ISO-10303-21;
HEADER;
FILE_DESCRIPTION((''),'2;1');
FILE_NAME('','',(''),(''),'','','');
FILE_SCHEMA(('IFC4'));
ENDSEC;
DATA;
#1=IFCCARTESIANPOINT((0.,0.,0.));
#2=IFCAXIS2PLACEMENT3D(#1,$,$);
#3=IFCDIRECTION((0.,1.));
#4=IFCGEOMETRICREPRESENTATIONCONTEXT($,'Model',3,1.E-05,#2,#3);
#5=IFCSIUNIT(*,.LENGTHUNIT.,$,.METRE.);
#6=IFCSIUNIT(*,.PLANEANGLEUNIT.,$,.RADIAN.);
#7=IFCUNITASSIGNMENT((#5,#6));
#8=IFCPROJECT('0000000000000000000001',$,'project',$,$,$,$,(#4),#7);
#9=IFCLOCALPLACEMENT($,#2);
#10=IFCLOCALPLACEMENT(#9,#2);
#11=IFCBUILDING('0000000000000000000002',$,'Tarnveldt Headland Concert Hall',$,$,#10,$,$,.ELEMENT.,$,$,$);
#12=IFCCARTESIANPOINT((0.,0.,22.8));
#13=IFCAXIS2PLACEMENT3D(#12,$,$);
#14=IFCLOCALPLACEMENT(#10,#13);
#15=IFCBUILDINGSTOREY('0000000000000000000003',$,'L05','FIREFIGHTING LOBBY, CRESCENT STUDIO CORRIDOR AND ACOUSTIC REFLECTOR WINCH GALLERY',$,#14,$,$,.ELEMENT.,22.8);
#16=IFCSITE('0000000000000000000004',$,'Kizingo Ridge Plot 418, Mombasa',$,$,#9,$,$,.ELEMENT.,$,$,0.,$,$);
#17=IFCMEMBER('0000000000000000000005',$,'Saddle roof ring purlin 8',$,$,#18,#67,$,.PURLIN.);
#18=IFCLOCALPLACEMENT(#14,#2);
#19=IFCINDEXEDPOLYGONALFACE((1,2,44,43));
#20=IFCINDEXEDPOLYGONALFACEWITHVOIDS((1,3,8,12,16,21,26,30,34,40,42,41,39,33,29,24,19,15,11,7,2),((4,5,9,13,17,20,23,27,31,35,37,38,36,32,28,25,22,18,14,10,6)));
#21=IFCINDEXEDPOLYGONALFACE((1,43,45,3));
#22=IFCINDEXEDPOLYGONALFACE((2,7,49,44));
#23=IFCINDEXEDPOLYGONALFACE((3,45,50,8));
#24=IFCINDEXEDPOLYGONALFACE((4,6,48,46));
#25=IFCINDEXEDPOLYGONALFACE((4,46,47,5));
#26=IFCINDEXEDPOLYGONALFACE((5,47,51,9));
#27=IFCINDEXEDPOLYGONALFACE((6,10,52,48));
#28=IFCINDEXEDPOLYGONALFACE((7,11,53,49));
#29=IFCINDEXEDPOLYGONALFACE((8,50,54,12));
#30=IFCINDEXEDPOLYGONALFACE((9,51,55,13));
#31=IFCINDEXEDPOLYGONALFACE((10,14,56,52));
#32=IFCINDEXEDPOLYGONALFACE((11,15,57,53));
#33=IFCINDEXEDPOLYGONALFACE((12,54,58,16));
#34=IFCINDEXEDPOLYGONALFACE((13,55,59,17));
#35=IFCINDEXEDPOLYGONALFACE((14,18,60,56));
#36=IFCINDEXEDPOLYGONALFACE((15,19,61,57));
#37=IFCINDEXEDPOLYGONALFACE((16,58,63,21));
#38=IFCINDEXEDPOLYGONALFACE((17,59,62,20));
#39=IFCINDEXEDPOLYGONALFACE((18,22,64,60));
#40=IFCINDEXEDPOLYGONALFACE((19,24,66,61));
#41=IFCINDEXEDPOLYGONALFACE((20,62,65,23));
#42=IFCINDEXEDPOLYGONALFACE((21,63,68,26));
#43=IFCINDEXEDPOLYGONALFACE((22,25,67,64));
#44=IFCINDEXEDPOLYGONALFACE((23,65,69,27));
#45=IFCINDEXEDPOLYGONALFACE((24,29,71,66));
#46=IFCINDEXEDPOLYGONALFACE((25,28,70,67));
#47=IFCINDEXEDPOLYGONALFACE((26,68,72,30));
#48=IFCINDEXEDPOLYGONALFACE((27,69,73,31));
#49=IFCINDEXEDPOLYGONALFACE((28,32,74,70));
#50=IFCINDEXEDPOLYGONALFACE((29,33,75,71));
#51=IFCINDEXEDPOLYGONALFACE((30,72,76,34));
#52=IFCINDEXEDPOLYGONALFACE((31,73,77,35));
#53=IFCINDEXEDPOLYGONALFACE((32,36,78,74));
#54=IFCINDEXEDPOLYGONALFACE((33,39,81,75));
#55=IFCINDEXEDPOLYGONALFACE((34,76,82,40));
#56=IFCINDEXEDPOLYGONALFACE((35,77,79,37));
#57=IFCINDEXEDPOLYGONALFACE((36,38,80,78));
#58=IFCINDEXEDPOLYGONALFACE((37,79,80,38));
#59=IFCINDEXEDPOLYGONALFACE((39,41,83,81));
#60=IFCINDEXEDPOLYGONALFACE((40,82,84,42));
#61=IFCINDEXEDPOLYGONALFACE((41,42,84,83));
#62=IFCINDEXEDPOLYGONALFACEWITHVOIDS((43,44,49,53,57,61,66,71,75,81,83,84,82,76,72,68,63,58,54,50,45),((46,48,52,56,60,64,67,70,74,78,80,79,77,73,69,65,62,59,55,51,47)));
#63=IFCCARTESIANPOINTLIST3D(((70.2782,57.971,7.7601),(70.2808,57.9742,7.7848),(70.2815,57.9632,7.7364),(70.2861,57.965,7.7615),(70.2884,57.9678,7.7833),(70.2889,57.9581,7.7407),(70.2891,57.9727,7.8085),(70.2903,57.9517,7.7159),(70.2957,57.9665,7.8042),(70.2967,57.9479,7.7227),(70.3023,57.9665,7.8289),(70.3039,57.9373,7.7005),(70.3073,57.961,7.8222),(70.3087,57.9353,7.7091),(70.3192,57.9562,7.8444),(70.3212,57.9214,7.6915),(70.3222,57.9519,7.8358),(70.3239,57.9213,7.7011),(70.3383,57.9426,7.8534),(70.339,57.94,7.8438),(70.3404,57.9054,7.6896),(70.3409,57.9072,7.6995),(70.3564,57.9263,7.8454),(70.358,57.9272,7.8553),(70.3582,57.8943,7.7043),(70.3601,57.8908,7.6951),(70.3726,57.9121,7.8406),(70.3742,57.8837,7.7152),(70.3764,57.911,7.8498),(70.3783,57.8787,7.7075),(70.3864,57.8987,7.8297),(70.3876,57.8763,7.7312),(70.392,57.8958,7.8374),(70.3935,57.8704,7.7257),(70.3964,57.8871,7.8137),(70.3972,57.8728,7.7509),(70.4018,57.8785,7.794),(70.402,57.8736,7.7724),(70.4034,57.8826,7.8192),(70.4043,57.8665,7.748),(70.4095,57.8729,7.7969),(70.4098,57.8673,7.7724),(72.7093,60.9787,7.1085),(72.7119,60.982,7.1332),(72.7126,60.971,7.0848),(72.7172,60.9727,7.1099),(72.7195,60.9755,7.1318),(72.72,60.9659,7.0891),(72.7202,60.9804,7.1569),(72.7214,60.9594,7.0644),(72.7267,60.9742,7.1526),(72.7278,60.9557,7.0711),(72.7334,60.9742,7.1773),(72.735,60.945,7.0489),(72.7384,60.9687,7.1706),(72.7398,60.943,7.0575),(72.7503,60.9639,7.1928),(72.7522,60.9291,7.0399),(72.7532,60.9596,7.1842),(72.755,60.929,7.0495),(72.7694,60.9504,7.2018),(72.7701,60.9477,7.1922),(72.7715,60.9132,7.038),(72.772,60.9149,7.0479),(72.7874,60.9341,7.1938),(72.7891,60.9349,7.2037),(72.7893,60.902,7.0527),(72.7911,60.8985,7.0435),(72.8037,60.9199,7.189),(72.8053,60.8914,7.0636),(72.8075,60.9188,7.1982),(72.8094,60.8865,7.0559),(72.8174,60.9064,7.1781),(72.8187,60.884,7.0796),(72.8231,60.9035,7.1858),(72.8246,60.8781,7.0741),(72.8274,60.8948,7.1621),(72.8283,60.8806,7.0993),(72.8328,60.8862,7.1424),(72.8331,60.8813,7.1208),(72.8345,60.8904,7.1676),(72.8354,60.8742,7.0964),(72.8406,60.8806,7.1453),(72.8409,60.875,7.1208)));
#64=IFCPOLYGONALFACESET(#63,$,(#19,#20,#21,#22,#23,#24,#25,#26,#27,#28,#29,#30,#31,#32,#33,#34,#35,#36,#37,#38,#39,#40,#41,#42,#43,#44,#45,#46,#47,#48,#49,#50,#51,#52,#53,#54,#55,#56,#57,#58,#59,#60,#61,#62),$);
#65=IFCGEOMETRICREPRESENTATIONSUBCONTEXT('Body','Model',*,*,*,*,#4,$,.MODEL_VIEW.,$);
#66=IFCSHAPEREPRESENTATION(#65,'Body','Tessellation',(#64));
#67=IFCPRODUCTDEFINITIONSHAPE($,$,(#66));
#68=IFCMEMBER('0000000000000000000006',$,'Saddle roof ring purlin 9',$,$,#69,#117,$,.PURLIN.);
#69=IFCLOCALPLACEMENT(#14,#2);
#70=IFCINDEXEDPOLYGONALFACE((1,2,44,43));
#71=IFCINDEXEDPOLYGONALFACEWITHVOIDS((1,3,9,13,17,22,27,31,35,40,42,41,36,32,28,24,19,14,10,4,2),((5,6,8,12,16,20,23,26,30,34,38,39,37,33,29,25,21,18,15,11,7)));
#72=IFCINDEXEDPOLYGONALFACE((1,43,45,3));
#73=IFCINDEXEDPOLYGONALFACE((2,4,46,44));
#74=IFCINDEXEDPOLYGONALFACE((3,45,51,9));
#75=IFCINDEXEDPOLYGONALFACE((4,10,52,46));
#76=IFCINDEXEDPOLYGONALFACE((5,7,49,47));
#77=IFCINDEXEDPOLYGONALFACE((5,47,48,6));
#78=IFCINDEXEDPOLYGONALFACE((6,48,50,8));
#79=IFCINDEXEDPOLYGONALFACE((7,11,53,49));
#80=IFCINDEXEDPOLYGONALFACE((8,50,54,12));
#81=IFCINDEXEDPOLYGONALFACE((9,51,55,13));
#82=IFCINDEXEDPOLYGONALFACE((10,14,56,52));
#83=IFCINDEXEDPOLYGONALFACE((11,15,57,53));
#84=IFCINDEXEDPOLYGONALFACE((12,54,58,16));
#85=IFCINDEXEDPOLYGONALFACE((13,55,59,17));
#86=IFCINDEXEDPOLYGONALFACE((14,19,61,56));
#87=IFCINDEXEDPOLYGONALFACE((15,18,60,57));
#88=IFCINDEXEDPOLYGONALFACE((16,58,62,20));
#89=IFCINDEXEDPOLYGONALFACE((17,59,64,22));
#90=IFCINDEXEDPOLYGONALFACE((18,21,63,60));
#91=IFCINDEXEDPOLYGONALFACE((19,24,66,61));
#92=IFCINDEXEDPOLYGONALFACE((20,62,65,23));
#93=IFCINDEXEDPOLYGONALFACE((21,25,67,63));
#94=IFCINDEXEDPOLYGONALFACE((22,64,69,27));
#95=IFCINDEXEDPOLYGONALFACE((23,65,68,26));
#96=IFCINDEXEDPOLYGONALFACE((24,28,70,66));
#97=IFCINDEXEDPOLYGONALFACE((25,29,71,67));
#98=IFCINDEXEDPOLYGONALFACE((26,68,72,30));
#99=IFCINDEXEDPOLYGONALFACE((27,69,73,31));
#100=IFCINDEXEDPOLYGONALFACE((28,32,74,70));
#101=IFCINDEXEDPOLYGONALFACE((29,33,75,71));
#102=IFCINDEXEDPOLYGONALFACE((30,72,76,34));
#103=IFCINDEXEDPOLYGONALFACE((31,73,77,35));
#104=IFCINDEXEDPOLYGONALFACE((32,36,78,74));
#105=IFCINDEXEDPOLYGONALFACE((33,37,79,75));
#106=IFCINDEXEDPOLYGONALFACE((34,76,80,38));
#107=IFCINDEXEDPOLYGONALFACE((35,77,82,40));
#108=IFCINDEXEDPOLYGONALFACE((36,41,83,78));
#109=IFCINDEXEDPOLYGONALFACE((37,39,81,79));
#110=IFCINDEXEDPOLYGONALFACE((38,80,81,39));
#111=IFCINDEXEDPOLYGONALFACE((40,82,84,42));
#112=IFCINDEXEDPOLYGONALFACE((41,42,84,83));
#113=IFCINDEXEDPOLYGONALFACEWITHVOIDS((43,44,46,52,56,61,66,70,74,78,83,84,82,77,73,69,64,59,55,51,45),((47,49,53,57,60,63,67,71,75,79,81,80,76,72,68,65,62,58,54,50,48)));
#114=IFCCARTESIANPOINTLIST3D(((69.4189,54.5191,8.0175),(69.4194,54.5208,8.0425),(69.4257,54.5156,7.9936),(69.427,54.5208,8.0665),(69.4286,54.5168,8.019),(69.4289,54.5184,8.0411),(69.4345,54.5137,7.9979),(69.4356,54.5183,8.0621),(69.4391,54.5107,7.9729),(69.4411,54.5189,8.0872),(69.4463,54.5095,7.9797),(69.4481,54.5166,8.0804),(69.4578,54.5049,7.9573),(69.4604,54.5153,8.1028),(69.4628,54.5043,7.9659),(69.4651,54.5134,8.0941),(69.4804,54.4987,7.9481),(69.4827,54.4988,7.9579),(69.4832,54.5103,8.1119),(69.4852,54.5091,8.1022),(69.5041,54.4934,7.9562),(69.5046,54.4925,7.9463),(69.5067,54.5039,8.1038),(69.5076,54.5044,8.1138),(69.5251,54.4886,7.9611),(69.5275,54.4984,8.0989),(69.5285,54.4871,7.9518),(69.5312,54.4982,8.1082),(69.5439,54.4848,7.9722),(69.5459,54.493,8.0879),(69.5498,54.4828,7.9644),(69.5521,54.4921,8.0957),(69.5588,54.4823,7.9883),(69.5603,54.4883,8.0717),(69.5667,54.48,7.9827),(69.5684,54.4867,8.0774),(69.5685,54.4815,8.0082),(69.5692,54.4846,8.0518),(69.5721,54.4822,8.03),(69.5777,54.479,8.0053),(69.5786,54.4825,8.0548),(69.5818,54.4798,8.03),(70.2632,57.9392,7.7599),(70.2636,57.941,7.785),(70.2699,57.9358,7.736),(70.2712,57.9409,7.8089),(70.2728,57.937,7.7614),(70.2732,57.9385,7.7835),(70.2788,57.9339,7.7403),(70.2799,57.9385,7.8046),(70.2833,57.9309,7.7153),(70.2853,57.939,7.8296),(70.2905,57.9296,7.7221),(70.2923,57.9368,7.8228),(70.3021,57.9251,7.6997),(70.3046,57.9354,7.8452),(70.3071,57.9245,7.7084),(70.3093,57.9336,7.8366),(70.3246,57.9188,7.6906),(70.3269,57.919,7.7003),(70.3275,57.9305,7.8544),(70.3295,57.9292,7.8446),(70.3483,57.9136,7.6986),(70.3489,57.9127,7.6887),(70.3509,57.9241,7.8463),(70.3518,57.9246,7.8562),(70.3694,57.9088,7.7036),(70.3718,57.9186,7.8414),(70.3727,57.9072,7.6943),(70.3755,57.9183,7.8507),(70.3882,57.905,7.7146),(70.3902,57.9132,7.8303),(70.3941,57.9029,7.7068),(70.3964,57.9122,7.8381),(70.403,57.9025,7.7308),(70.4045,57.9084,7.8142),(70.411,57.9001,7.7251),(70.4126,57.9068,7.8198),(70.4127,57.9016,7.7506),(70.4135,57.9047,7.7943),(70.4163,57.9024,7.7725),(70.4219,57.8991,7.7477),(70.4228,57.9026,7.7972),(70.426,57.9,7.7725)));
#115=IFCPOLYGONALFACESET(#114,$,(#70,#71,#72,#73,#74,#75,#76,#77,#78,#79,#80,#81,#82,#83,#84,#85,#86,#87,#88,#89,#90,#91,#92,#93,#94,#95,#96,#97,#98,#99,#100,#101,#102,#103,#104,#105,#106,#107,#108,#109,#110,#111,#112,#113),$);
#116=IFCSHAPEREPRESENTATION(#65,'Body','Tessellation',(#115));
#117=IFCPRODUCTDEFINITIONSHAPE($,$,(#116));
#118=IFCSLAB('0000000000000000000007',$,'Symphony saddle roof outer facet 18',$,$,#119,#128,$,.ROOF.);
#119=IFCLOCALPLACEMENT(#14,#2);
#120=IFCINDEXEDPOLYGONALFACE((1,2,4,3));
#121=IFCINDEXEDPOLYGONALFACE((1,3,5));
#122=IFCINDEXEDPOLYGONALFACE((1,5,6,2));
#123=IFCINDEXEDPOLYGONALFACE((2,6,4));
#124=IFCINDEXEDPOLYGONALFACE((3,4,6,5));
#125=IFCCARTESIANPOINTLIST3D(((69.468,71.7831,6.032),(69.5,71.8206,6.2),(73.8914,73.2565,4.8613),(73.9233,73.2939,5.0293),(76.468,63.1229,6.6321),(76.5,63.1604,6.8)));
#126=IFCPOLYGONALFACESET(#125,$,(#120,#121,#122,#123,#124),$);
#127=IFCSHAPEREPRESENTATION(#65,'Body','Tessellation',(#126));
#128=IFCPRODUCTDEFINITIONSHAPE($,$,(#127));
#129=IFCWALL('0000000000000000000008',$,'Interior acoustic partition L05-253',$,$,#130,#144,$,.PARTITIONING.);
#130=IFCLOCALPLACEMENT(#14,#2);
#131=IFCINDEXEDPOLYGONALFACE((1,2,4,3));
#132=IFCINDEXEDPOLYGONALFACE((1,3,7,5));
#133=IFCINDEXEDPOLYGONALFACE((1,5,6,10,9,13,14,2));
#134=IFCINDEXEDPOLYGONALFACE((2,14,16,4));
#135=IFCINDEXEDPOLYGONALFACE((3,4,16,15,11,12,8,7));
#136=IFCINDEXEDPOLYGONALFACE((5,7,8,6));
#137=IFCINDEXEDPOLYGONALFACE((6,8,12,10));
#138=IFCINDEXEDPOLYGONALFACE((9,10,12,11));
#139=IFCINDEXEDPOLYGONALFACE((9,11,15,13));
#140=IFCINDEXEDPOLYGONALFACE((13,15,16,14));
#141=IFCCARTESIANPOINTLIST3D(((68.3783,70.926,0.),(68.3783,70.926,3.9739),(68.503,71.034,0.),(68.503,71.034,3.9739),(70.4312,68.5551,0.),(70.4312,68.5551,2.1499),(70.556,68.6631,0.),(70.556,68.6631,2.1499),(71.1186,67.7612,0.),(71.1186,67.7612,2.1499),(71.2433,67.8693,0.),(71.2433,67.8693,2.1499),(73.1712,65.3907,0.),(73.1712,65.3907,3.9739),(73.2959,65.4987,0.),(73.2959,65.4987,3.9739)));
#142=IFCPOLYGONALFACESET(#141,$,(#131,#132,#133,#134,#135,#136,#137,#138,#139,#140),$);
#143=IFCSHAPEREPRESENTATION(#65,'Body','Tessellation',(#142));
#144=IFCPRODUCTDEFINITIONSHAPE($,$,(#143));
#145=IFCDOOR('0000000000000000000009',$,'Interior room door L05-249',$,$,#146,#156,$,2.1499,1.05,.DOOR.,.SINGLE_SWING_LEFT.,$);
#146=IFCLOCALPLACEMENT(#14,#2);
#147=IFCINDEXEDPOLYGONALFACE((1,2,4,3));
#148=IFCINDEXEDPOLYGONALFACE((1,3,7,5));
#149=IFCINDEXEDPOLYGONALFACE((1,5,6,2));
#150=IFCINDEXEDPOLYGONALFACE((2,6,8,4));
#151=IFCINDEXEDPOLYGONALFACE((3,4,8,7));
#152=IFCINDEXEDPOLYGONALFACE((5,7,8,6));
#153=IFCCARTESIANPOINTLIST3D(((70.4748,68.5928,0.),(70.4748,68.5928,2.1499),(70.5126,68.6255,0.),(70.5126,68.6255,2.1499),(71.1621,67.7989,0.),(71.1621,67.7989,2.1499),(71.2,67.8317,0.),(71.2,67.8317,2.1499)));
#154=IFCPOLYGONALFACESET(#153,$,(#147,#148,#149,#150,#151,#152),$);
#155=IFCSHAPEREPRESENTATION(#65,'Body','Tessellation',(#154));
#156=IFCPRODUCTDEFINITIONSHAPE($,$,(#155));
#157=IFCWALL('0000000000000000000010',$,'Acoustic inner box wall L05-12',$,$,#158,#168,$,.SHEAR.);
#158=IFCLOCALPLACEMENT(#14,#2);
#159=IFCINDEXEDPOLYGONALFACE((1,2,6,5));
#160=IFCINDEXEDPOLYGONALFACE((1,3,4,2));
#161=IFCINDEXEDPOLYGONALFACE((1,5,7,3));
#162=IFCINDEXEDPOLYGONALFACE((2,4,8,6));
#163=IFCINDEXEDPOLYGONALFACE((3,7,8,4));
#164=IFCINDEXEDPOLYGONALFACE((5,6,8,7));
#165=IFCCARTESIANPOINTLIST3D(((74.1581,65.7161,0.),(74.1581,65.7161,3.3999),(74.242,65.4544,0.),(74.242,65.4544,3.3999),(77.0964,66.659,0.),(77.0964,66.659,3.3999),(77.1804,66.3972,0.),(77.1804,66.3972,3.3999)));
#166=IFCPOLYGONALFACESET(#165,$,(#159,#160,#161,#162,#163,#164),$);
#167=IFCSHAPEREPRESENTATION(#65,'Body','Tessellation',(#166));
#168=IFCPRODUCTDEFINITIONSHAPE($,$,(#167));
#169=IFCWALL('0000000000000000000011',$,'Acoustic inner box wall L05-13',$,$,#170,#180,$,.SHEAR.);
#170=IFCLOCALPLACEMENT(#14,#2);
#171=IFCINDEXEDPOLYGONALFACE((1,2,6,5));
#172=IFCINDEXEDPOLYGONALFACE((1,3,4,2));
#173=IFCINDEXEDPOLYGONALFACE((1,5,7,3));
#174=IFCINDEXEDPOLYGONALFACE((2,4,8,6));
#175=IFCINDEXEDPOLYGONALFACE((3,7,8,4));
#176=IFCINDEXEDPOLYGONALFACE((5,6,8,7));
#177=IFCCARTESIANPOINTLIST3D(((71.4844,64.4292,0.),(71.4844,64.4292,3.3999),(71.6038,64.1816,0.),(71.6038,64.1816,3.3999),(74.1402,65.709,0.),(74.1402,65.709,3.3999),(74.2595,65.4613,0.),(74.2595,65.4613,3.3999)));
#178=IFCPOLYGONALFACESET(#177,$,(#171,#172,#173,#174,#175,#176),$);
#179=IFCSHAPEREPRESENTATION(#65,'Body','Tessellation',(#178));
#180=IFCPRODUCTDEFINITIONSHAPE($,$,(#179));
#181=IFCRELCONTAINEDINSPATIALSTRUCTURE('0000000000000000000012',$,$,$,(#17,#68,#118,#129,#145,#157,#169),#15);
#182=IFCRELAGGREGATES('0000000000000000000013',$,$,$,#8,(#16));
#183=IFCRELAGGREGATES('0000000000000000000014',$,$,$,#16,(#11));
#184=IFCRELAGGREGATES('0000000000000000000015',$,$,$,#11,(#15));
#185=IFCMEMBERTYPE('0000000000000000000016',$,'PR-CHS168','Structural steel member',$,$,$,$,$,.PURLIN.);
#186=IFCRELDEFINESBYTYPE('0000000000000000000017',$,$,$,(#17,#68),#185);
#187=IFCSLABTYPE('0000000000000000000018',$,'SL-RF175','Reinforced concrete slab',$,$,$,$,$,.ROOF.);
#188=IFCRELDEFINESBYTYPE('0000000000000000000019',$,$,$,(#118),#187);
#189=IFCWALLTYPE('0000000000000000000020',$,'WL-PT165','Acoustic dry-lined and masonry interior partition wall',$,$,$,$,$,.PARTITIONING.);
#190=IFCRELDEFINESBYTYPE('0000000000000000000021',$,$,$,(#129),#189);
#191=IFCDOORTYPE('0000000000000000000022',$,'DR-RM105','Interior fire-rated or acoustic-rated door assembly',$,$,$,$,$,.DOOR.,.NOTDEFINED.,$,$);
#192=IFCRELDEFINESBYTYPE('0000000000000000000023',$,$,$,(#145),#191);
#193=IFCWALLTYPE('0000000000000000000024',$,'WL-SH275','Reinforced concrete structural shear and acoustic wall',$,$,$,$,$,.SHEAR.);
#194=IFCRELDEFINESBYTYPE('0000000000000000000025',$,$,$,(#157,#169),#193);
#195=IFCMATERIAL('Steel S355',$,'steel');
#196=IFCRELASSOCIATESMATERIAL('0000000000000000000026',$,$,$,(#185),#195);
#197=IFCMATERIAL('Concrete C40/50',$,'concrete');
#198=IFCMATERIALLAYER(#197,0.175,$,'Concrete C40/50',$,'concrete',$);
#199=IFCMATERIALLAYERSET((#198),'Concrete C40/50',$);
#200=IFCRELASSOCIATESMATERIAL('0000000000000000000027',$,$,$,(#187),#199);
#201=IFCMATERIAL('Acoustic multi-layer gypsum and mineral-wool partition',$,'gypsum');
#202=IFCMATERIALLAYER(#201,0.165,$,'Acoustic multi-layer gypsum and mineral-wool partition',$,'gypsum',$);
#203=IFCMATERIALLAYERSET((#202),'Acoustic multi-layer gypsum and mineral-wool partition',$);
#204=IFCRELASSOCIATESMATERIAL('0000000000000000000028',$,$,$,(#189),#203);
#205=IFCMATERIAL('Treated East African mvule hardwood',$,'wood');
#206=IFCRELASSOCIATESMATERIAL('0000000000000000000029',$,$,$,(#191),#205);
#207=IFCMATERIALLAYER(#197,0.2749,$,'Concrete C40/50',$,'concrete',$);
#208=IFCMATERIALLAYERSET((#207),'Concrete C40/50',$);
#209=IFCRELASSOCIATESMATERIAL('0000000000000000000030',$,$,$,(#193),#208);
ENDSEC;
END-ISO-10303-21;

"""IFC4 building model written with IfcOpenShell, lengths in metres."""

from ifc_helpers import new_model, si_unit, direction, frame, frame_2d, origin, origin_2d, place, context, subcontext, project, spatial, polyline, rectangle, hollow_circle, outline, extrude, material, layer, layer_set, material_profile, profile_set, type_object, element, fill, save


model = new_model("IFC4")

# Units and contexts
model_context = context("Model", 3, precision=1e-05, world=origin(), true_north=direction((0.0, 1.0)))
body_context = subcontext(model_context, "Body", "Model", "MODEL_VIEW")
ifc_project = project(units=[si_unit("LENGTHUNIT", "METRE"), si_unit("PLANEANGLEUNIT", "RADIAN")], contexts=[model_context])

# Site, building, storey
site_placement = place(None, origin())
site = spatial("IfcSite", under=ifc_project, at=site_placement, Name="Kizingo Ridge Plot 418, Mombasa", CompositionType="ELEMENT", RefElevation=0.0)
building_placement = place(site_placement, origin())
building = spatial("IfcBuilding", under=site, at=building_placement, Name="Tarnveldt Headland Concert Hall", CompositionType="ELEMENT")
storey_placement = place(building_placement, frame((0.0, 0.0, 22.8)))
storey = spatial("IfcBuildingStorey", under=building, at=storey_placement, Name="L05", Description="FIREFIGHTING LOBBY, CRESCENT STUDIO CORRIDOR AND ACOUSTIC REFLECTOR WINCH GALLERY", CompositionType="ELEMENT", Elevation=22.8)

# Shared definitions
ifc_material_1 = material(Name="Concrete C40/50", Category="concrete")

# Members
ifc_material_2 = material(Name="Steel S355", Category="steel")
ifc_material_profile_1 = material_profile(ifc_material_2, hollow_circle(Radius=0.0842, WallThickness=0.01, at=origin_2d()), Name="CHS 168.3x10", Category="steel")
ifc_profile_set_1 = profile_set([ifc_material_profile_1], Name="Steel S355")
member_type_1 = type_object("IfcMemberType", Name="PR-CHS168", Description="Structural steel member", PredefinedType="PURLIN", material=ifc_profile_set_1)
member_1_placement = place(storey_placement, frame((72.7754, 60.928, 7.1208), z_axis=(-0.619877, -0.766909, 0.166143), x_axis=(0.777718, -0.628613, 0.0)))
element("IfcMember", 1, at=member_1_placement, inside=storey, type_object=member_type_1, Name="Saddle roof ring purlin 8", PredefinedType="PURLIN", context=body_context, shape_type="SweptSolid", body=[
    extrude(hollow_circle(Radius=0.0842, WallThickness=0.01, at=origin_2d()), origin(), (0.0, 0.0, 1.0), 3.9219),
])
member_2_placement = place(storey_placement, frame((70.3442, 57.9202, 7.7725), z_axis=(-0.23901, -0.968275, 0.07292), x_axis=(0.97086, -0.239648, 0.0)))
element("IfcMember", 2, at=member_2_placement, inside=storey, type_object=member_type_1, Name="Saddle roof ring purlin 9", PredefinedType="PURLIN", context=body_context, shape_type="SweptSolid", body=[
    extrude(hollow_circle(Radius=0.0842, WallThickness=0.01, at=origin_2d()), origin(), (0.0, 0.0, 1.0), 3.5322),
])

# Slab
ifc_layer_1 = layer(ifc_material_1, 0.175, Name="Concrete C40/50", Category="concrete")
ifc_layer_set_1 = layer_set([ifc_layer_1], Name="Concrete C40/50")
slab_type = type_object("IfcSlabType", Name="SL-RF175", Description="Reinforced concrete slab", PredefinedType="ROOF", material=ifc_layer_set_1)
slab_placement = place(storey_placement, frame((76.5, 63.1604, 6.8), z_axis=(0.182636, 0.214118, 0.959582), x_axis=(-0.242969, 0.955555, -0.166975)))
element("IfcSlab", 3, at=slab_placement, inside=storey, type_object=slab_type, Name="Symphony saddle roof outer facet 18", PredefinedType="ROOF", context=body_context, shape_type="SweptSolid", body=[
    extrude(outline(polyline([(0.0, 0.0), (10.6049, 0.0), (10.0762, 4.7778), (0.0, 0.0)])), origin(), (0.0, 0.0, -1.0), 0.175),
])

# Wall, opening, door
ifc_material_3 = material(Name="Acoustic multi-layer gypsum and mineral-wool partition", Category="gypsum")
ifc_layer_2 = layer(ifc_material_3, 0.165, Name="Acoustic multi-layer gypsum and mineral-wool partition", Category="gypsum")
ifc_layer_set_2 = layer_set([ifc_layer_2], Name="Acoustic multi-layer gypsum and mineral-wool partition")
wall_type_1 = type_object("IfcWallType", Name="WL-PT165", Description="Acoustic dry-lined and masonry interior partition wall", PredefinedType="PARTITIONING", material=ifc_layer_set_2)
wall_1_placement = place(storey_placement, frame((73.2336, 65.4446, 0.0), z_axis=(0.0, 0.0, 1.0), x_axis=(-0.654589, 0.755985, 0.0)))
wall_1 = element("IfcWall", 4, at=wall_1_placement, inside=storey, type_object=wall_type_1, Name="Interior acoustic partition L05-253", PredefinedType="PARTITIONING", context=body_context, shape_type="SweptSolid", body=[
    extrude(rectangle(XDim=7.322, YDim=0.165, at=frame_2d((3.6611, 0.0))), origin(), (0.0, 0.0, 1.0), 3.9739),
])
opening_placement = place(wall_1_placement, frame((3.136, 0.0, 0.0)))
opening = element("IfcOpeningElement", 5, at=opening_placement, cuts=wall_1, PredefinedType="OPENING", context=body_context, shape_type="SweptSolid", body=[
    extrude(rectangle(XDim=1.05, YDim=2.1499, at=frame_2d((0.5249, 1.075))), frame((0.0, 0.0925, 0.0), z_axis=(0.0, -1.0, 0.0), x_axis=(1.0, 0.0, 0.0)), (0.0, 0.0, 1.0), 0.1851),
])
ifc_material_4 = material(Name="Treated East African mvule hardwood", Category="wood")
door_type = type_object("IfcDoorType", Name="DR-RM105", Description="Interior fire-rated or acoustic-rated door assembly", OperationType="NOTDEFINED", PredefinedType="DOOR", material=ifc_material_4)
door_placement = place(opening_placement, origin())
door = element("IfcDoor", 6, at=door_placement, inside=storey, type_object=door_type, Name="Interior room door L05-249", OperationType="SINGLE_SWING_LEFT", OverallHeight=2.1499, OverallWidth=1.05, PredefinedType="DOOR", context=body_context, shape_type="SweptSolid", body=[
    extrude(rectangle(XDim=1.05, YDim=2.1499, at=frame_2d((0.5249, 1.075))), frame((0.0, 0.0249, 0.0), z_axis=(0.0, -1.0, 0.0), x_axis=(1.0, 0.0, 0.0)), (0.0, 0.0, 1.0), 0.05),
])
fill(opening, door)

# Walls
ifc_layer_3 = layer(ifc_material_1, 0.2749, Name="Concrete C40/50", Category="concrete")
ifc_layer_set_3 = layer_set([ifc_layer_3], Name="Concrete C40/50")
wall_type_2 = type_object("IfcWallType", Name="WL-SH275", Description="Reinforced concrete structural shear and acoustic wall", PredefinedType="SHEAR", material=ifc_layer_set_3)
wall_2_placement = place(storey_placement, frame((77.1384, 66.5281, 0.0), z_axis=(0.0, 0.0, 1.0), x_axis=(-0.952183, -0.305528, 0.0)))
element("IfcWall", 7, at=wall_2_placement, inside=storey, type_object=wall_type_2, Name="Acoustic inner box wall L05-12", PredefinedType="SHEAR", context=body_context, shape_type="SweptSolid", body=[
    extrude(rectangle(XDim=3.0859, YDim=0.2749, at=frame_2d((1.543, 0.0))), origin(), (0.0, 0.0, 1.0), 3.3999),
])
wall_3_placement = place(storey_placement, frame((74.2, 65.5852, 0.0), z_axis=(0.0, 0.0, 1.0), x_axis=(-0.900858, -0.434114, 0.0)))
element("IfcWall", 8, at=wall_3_placement, inside=storey, type_object=wall_type_2, Name="Acoustic inner box wall L05-13", PredefinedType="SHEAR", context=body_context, shape_type="SweptSolid", body=[
    extrude(rectangle(XDim=2.948, YDim=0.2749, at=frame_2d((1.4741, 0.0))), origin(), (0.0, 0.0, 1.0), 3.3999),
])

save(model, "model.ifc")
